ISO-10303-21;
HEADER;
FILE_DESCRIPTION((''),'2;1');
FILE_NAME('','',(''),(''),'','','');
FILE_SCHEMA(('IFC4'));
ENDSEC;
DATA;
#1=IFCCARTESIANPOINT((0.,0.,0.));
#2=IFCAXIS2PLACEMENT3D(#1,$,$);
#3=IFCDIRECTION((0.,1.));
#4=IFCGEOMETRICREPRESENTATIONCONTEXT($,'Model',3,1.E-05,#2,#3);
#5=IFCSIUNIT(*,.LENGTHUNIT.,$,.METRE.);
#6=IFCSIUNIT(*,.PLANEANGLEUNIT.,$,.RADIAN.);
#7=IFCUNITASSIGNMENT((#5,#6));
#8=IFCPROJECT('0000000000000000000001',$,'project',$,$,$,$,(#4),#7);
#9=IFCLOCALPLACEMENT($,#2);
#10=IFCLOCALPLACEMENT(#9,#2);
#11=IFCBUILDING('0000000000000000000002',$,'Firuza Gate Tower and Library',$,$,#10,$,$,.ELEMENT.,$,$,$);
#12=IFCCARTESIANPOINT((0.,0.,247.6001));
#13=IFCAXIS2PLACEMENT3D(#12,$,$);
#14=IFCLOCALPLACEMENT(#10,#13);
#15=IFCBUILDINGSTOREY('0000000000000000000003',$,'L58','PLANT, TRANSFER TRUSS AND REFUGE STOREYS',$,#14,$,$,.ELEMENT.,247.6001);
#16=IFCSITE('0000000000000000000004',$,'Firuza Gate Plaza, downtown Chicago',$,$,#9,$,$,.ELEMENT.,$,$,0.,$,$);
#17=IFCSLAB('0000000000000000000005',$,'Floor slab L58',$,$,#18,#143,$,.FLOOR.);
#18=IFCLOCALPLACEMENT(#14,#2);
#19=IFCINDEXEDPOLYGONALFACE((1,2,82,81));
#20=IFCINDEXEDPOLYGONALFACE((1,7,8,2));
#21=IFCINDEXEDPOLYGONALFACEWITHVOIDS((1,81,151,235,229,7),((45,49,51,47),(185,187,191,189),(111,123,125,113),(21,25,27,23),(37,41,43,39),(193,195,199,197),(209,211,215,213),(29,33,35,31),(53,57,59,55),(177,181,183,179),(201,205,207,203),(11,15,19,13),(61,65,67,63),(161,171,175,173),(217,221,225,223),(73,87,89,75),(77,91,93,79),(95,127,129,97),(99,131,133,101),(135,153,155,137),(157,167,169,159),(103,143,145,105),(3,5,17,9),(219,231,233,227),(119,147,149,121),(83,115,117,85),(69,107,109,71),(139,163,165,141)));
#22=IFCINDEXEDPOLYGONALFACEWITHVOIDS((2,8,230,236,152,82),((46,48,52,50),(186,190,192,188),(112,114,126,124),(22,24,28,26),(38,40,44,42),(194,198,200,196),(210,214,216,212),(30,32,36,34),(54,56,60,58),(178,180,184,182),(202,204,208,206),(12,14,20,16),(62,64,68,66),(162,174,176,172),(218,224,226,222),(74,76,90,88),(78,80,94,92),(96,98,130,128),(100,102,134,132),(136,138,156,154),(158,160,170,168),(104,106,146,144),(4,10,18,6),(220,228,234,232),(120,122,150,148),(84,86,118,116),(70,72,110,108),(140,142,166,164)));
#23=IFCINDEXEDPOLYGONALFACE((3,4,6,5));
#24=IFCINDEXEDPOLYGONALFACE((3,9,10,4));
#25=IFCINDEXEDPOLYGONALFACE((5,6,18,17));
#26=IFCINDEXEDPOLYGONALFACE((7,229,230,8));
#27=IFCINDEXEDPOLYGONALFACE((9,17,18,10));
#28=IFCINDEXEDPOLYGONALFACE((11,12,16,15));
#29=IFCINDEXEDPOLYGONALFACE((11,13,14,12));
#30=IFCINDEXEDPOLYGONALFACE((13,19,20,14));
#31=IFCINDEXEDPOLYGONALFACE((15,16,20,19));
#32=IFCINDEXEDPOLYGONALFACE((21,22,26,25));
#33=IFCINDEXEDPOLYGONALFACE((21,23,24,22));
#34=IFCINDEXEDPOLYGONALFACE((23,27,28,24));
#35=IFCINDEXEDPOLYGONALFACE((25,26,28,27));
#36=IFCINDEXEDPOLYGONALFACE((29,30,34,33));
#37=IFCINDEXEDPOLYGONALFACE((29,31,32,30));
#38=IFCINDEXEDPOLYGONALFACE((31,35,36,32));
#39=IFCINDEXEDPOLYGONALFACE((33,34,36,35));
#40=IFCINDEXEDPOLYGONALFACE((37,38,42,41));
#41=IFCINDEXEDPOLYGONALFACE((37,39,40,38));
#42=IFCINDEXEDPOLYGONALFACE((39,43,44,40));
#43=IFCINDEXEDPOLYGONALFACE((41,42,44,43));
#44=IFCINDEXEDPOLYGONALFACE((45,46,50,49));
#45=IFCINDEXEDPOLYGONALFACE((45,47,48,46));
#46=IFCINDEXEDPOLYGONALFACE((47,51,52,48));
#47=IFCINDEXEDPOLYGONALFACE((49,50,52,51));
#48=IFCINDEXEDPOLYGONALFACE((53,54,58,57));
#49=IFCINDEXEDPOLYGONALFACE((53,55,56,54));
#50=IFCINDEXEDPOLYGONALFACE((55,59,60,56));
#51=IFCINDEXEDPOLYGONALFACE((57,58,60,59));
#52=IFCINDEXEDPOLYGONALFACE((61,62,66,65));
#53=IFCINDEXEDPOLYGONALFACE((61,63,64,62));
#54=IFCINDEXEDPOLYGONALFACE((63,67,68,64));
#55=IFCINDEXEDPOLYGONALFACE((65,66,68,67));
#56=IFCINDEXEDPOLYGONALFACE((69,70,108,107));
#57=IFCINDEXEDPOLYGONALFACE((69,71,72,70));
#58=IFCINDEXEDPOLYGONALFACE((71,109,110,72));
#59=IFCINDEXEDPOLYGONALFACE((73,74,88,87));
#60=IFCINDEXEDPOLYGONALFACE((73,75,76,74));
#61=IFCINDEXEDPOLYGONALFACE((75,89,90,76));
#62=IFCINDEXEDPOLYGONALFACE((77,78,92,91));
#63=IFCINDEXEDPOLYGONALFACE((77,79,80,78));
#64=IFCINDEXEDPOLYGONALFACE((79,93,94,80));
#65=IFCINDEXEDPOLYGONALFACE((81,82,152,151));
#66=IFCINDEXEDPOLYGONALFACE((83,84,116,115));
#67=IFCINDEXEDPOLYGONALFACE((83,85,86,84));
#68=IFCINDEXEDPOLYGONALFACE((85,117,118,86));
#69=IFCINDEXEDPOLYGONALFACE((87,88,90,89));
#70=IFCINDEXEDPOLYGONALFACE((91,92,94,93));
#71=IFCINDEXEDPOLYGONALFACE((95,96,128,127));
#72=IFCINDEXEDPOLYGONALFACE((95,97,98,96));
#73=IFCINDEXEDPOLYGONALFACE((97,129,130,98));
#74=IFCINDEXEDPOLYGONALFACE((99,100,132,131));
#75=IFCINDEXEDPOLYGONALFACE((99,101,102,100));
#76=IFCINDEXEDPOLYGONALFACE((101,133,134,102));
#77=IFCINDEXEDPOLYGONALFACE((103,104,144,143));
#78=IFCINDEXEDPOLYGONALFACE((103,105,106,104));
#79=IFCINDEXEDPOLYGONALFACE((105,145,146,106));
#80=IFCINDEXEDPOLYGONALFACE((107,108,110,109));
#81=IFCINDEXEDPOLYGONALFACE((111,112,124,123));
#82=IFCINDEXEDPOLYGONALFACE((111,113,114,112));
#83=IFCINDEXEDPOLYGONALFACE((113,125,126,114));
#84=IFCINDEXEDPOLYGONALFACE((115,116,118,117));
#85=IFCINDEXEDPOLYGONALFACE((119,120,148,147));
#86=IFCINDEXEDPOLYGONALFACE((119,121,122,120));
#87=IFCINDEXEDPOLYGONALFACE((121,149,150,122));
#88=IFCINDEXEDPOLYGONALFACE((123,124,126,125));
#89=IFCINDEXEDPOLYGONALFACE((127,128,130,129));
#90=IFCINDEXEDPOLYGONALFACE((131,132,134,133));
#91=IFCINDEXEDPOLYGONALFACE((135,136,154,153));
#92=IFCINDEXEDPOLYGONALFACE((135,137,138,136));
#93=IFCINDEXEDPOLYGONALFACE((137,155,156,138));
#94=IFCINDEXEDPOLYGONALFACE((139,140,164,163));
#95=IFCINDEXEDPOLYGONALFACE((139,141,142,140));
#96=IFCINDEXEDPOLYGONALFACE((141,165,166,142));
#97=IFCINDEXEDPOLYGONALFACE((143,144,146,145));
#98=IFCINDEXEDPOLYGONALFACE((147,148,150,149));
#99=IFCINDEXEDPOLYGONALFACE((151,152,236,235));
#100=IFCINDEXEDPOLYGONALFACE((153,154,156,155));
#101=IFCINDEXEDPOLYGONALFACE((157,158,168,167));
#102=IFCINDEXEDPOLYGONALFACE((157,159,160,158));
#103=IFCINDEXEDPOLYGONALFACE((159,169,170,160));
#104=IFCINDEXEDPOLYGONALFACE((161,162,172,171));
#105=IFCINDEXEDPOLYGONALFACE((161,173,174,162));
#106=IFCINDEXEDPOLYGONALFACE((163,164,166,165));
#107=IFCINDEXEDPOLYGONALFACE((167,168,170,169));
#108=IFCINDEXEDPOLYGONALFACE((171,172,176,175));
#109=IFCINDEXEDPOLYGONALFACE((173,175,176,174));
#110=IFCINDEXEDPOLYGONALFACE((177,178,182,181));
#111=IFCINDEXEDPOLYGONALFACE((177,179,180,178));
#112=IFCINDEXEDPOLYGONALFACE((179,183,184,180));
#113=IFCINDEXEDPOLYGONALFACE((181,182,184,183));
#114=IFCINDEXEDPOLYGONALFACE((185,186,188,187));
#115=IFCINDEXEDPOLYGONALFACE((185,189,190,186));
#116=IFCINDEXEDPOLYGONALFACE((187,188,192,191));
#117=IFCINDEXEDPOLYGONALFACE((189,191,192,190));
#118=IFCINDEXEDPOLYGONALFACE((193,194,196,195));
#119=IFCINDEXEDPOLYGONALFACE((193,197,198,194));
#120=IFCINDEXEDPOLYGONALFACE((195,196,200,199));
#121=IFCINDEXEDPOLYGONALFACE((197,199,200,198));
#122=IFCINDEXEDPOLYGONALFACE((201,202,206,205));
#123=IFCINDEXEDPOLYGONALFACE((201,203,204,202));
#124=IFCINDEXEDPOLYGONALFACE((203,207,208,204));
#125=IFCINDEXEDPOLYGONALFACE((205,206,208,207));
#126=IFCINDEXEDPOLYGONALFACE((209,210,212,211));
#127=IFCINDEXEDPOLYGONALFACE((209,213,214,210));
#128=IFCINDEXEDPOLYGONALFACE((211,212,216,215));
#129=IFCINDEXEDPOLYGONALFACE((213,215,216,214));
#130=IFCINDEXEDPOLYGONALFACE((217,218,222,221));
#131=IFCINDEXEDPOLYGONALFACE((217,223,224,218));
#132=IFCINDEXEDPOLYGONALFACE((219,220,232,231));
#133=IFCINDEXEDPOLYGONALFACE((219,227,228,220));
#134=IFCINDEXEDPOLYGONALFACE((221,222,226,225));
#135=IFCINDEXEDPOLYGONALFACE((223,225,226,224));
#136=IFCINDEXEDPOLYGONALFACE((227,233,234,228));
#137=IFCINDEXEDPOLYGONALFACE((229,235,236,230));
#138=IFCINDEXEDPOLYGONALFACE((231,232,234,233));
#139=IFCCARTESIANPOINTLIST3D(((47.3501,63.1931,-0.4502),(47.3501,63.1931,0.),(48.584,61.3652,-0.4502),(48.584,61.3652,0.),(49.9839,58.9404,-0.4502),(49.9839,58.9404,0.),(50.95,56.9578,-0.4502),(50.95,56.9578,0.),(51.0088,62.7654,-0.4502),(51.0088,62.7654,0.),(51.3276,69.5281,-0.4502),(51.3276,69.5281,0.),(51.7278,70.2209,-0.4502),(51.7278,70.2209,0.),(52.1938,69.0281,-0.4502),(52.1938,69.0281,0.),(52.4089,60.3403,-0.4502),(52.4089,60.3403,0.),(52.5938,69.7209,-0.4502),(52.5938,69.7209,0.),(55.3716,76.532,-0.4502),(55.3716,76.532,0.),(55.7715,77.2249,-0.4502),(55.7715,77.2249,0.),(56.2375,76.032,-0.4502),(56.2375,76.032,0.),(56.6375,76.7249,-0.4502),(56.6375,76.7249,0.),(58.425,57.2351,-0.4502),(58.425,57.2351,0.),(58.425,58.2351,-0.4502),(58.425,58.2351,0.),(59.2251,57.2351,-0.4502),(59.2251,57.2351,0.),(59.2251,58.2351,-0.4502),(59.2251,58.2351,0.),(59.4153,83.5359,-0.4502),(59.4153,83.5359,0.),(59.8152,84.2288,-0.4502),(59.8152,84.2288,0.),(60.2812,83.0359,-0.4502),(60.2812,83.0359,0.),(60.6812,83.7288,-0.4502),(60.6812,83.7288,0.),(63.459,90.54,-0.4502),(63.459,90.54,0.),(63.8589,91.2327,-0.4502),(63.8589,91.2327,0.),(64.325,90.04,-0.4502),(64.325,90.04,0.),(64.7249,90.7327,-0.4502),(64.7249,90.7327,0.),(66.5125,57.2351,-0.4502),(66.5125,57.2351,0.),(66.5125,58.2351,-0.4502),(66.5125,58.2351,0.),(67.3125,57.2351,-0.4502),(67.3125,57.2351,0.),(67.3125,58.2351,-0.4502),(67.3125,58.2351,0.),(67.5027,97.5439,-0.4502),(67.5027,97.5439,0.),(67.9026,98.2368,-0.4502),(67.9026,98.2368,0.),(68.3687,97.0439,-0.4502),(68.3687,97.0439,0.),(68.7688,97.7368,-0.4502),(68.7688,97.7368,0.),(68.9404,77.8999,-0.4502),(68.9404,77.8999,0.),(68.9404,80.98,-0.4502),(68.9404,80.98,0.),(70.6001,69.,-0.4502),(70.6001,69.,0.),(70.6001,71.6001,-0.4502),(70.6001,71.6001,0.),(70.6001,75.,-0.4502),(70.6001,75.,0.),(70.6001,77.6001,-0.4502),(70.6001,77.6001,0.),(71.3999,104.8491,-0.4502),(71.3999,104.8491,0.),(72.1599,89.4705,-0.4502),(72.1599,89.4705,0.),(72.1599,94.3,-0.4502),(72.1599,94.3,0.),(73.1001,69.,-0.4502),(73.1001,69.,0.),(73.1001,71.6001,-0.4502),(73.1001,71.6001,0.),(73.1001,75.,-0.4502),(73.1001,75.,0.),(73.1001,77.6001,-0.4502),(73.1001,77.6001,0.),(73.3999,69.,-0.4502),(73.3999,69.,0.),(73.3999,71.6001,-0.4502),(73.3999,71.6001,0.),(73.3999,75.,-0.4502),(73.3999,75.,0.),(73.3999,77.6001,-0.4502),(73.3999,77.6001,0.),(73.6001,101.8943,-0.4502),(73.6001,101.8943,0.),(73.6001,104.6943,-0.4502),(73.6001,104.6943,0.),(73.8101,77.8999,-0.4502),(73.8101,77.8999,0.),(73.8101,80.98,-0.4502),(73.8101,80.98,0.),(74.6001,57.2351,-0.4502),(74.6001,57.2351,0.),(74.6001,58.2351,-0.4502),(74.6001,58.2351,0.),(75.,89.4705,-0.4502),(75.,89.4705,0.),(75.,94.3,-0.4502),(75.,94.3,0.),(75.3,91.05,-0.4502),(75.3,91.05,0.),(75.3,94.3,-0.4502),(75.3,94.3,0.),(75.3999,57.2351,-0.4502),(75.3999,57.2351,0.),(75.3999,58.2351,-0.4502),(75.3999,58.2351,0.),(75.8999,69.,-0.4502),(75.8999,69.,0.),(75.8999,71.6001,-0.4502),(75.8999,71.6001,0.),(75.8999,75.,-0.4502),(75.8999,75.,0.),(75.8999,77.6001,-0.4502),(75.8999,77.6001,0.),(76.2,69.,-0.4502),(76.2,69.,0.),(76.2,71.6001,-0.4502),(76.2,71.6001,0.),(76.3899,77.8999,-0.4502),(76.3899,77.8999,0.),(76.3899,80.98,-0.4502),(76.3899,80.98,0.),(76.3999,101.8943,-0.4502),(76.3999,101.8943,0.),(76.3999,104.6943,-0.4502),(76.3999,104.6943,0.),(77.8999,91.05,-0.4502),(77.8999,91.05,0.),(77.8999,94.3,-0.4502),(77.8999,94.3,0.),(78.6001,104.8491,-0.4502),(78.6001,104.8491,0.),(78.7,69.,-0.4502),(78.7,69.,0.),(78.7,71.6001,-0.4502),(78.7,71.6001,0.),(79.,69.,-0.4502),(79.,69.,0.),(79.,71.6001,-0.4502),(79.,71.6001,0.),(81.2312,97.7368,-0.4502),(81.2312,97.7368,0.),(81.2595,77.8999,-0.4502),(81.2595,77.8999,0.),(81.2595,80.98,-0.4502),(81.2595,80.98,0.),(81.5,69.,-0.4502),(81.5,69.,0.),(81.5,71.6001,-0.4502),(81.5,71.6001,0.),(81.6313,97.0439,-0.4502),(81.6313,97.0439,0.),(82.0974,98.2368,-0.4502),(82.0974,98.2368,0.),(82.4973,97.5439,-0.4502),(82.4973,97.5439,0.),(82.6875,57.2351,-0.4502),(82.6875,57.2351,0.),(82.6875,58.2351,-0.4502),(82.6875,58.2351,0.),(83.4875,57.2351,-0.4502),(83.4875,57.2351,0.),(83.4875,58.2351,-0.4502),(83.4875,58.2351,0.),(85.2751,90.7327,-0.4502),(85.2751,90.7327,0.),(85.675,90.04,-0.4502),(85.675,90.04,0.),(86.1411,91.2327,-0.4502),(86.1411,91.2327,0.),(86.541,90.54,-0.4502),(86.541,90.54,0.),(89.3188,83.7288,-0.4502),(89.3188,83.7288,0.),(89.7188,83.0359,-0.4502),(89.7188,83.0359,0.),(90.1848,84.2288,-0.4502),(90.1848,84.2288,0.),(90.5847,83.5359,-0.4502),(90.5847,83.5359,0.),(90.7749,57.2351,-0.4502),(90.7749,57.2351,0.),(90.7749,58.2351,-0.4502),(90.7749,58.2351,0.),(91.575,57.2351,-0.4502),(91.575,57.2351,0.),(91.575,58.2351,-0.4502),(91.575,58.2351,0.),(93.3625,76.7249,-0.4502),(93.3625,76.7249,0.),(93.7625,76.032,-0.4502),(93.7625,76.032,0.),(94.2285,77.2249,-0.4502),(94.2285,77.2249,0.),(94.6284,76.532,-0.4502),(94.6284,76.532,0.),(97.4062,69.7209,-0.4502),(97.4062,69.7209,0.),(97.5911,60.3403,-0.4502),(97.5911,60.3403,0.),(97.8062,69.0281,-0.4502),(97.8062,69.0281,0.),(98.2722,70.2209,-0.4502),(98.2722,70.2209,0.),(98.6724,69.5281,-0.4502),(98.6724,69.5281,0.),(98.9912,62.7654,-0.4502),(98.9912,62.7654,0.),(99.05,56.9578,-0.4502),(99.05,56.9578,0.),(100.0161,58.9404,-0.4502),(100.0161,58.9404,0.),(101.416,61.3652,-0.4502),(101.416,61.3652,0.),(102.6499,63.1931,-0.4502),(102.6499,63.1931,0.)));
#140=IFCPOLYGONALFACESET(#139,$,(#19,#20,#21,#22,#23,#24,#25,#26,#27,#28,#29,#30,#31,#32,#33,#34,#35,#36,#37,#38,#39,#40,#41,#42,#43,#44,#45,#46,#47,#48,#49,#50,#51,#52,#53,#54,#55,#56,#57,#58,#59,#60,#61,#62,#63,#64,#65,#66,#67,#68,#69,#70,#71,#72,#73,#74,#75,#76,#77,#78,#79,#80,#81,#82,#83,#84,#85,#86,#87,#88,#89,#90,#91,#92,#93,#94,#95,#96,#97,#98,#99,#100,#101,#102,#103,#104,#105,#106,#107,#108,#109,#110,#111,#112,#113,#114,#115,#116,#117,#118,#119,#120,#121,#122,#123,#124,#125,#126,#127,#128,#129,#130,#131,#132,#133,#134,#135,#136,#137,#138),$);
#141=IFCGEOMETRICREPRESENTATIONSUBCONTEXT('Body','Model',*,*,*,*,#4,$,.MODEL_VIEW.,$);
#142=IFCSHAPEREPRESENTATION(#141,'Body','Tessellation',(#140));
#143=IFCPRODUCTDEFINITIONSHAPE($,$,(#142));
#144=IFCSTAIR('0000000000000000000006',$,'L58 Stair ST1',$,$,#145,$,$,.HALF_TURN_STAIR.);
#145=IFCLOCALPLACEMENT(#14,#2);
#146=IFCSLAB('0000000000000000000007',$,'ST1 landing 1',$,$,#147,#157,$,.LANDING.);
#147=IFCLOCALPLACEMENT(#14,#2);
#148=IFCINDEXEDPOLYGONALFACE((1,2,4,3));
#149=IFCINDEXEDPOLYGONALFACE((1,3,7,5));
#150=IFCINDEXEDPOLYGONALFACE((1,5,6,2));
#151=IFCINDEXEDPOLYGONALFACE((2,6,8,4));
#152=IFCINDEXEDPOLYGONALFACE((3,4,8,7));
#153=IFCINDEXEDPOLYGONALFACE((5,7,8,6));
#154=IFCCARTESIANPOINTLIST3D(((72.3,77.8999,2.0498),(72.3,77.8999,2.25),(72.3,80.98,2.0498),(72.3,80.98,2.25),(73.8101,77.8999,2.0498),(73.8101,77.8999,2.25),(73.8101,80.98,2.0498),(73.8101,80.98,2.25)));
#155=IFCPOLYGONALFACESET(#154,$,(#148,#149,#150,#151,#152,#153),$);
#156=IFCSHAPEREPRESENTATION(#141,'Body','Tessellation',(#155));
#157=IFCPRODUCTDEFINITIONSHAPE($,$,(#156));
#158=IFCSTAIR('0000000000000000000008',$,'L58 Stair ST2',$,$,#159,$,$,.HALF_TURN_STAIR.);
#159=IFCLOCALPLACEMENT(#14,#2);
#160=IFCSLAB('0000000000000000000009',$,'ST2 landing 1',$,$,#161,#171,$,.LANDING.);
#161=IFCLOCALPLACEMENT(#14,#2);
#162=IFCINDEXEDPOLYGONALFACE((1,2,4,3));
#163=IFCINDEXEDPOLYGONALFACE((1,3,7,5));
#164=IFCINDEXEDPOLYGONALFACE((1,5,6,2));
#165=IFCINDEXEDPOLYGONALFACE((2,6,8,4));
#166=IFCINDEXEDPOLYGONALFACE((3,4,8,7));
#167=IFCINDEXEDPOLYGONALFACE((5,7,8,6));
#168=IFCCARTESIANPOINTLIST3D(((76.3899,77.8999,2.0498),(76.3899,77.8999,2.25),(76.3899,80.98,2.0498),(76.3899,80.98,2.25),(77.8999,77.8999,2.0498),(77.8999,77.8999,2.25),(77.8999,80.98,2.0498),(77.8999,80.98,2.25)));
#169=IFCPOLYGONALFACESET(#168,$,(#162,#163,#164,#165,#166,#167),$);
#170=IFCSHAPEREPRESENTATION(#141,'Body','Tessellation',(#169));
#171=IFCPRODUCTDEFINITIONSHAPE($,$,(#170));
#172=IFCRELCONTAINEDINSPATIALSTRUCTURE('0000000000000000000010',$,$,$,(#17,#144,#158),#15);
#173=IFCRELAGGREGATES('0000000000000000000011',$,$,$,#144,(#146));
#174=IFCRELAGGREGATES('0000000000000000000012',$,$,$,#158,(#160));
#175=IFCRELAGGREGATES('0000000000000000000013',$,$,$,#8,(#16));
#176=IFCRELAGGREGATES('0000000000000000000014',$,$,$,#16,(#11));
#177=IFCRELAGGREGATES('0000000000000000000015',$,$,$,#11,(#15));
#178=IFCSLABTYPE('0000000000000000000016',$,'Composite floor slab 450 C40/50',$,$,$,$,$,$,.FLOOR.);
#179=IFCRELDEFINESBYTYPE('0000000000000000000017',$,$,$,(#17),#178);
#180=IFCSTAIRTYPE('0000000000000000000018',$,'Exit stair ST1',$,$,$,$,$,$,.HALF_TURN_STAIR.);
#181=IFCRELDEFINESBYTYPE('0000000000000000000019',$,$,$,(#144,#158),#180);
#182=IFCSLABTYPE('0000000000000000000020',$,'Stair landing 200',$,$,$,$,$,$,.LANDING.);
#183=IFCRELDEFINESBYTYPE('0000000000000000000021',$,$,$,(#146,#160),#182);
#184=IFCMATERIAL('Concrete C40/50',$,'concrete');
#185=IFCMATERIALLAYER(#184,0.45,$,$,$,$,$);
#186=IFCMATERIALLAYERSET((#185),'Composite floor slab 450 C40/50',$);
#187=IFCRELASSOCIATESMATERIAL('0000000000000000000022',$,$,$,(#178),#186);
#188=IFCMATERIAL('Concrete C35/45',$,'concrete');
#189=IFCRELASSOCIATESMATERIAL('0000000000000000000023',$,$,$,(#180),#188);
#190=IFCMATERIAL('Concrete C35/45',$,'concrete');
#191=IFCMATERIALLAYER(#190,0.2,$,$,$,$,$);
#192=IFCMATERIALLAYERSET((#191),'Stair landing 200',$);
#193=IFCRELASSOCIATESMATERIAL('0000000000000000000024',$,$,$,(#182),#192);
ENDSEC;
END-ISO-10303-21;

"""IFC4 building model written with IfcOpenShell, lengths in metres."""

from ifc_helpers import new_model, si_unit, direction, frame, origin, place, context, subcontext, project, spatial, polyline, outline, extrude, material, layer, layer_set, type_object, element, aggregate, save


model = new_model("IFC4")

# Units and contexts
model_context = context("Model", 3, precision=1e-05, world=origin(), true_north=direction((0.0, 1.0)))
body_context = subcontext(model_context, "Body", "Model", "MODEL_VIEW")
ifc_project = project(units=[si_unit("LENGTHUNIT", "METRE"), si_unit("PLANEANGLEUNIT", "RADIAN")], contexts=[model_context])

# Site, building, storey
site_placement = place(None, origin())
site = spatial("IfcSite", under=ifc_project, at=site_placement, Name="Firuza Gate Plaza, downtown Chicago", CompositionType="ELEMENT", RefElevation=0.0)
building_placement = place(site_placement, origin())
building = spatial("IfcBuilding", under=site, at=building_placement, Name="Firuza Gate Tower and Library", CompositionType="ELEMENT")
storey_placement = place(building_placement, frame((0.0, 0.0, 247.6001)))
storey = spatial("IfcBuildingStorey", under=building, at=storey_placement, Name="L58", Description="PLANT, TRANSFER TRUSS AND REFUGE STOREYS", CompositionType="ELEMENT", Elevation=247.6001)

# Slab
ifc_material_1 = material(Name="Concrete C40/50", Category="concrete")
ifc_layer_1 = layer(ifc_material_1, 0.45)
ifc_layer_set_1 = layer_set([ifc_layer_1], Name="Composite floor slab 450 C40/50")
slab_type_1 = type_object("IfcSlabType", Name="Composite floor slab 450 C40/50", PredefinedType="FLOOR", material=ifc_layer_set_1)
slab_1_placement = place(storey_placement, frame((0.0, 0.0, -0.4502)))
element("IfcSlab", 1, at=slab_1_placement, inside=storey, type_object=slab_type_1, Name="Floor slab L58", PredefinedType="FLOOR", context=body_context, shape_type="SweptSolid", body=[
    extrude(outline(polyline([(47.3501, 63.1931), (50.95, 56.9578), (99.05, 56.9578), (102.6499, 63.1931), (78.6001, 104.8491), (71.3999, 104.8491), (47.3501, 63.1931)]), holes=[polyline([(59.2251, 57.2351), (58.425, 57.2351), (58.425, 58.2351), (59.2251, 58.2351), (59.2251, 57.2351)]), polyline([(66.5125, 57.2351), (66.5125, 58.2351), (67.3125, 58.2351), (67.3125, 57.2351), (66.5125, 57.2351)]), polyline([(48.584, 61.3652), (51.0088, 62.7654), (52.4089, 60.3403), (49.9839, 58.9404), (48.584, 61.3652)]), polyline([(51.7278, 70.2209), (52.5938, 69.7209), (52.1938, 69.0281), (51.3276, 69.5281), (51.7278, 70.2209)]), polyline([(73.1001, 69.0), (70.6001, 69.0), (70.6001, 71.6001), (73.1001, 71.6001), (73.1001, 69.0)]), polyline([(75.8999, 69.0), (73.3999, 69.0), (73.3999, 71.6001), (75.8999, 71.6001), (75.8999, 69.0)]), polyline([(73.1001, 75.0), (70.6001, 75.0), (70.6001, 77.6001), (73.1001, 77.6001), (73.1001, 75.0)]), polyline([(75.8999, 77.6001), (75.8999, 75.0), (73.3999, 75.0), (73.3999, 77.6001), (75.8999, 77.6001)]), polyline([(55.7715, 77.2249), (56.6375, 76.7249), (56.2375, 76.032), (55.3716, 76.532), (55.7715, 77.2249)]), polyline([(68.9404, 77.8999), (68.9404, 80.98), (73.8101, 80.98), (73.8101, 77.8999), (68.9404, 77.8999)]), polyline([(59.8152, 84.2288), (60.6812, 83.7288), (60.2812, 83.0359), (59.4153, 83.5359), (59.8152, 84.2288)]), polyline([(63.8589, 91.2327), (64.7249, 90.7327), (64.325, 90.04), (63.459, 90.54), (63.8589, 91.2327)]), polyline([(72.1599, 89.4705), (72.1599, 94.3), (75.0, 94.3), (75.0, 89.4705), (72.1599, 89.4705)]), polyline([(67.9026, 98.2368), (68.7688, 97.7368), (68.3687, 97.0439), (67.5027, 97.5439), (67.9026, 98.2368)]), polyline([(75.3999, 57.2351), (74.6001, 57.2351), (74.6001, 58.2351), (75.3999, 58.2351), (75.3999, 57.2351)]), polyline([(82.6875, 57.2351), (82.6875, 58.2351), (83.4875, 58.2351), (83.4875, 57.2351), (82.6875, 57.2351)]), polyline([(90.7749, 57.2351), (90.7749, 58.2351), (91.575, 58.2351), (91.575, 57.2351), (90.7749, 57.2351)]), polyline([(100.0161, 58.9404), (97.5911, 60.3403), (98.9912, 62.7654), (101.416, 61.3652), (100.0161, 58.9404)]), polyline([(98.6724, 69.5281), (97.8062, 69.0281), (97.4062, 69.7209), (98.2722, 70.2209), (98.6724, 69.5281)]), polyline([(78.7, 69.0), (76.2, 69.0), (76.2, 71.6001), (78.7, 71.6001), (78.7, 69.0)]), polyline([(81.5, 69.0), (79.0, 69.0), (79.0, 71.6001), (81.5, 71.6001), (81.5, 69.0)]), polyline([(94.2285, 77.2249), (94.6284, 76.532), (93.7625, 76.032), (93.3625, 76.7249), (94.2285, 77.2249)]), polyline([(81.2595, 77.8999), (76.3899, 77.8999), (76.3899, 80.98), (81.2595, 80.98), (81.2595, 77.8999)]), polyline([(90.5847, 83.5359), (89.7188, 83.0359), (89.3188, 83.7288), (90.1848, 84.2288), (90.5847, 83.5359)]), polyline([(86.541, 90.54), (85.675, 90.04), (85.2751, 90.7327), (86.1411, 91.2327), (86.541, 90.54)]), polyline([(77.8999, 91.05), (75.3, 91.05), (75.3, 94.3), (77.8999, 94.3), (77.8999, 91.05)]), polyline([(82.4973, 97.5439), (81.6313, 97.0439), (81.2312, 97.7368), (82.0974, 98.2368), (82.4973, 97.5439)]), polyline([(76.3999, 104.6943), (76.3999, 101.8943), (73.6001, 101.8943), (73.6001, 104.6943), (76.3999, 104.6943)])]), origin(), (0.0, 0.0, 1.0), 0.4502),
])

# Stairs, slabs
ifc_material_2 = material(Name="Concrete C35/45", Category="concrete")
stair_type_1 = type_object("IfcStairType", Name="Exit stair ST1", PredefinedType="HALF_TURN_STAIR", material=ifc_material_2)
placement_1 = place(storey_placement, origin())
stair_1 = element("IfcStair", 2, at=placement_1, inside=storey, type_object=stair_type_1, Name="L58 Stair ST1", PredefinedType="HALF_TURN_STAIR")
ifc_material_3 = material(Name="Concrete C35/45", Category="concrete")
ifc_layer_2 = layer(ifc_material_3, 0.2)
ifc_layer_set_2 = layer_set([ifc_layer_2], Name="Stair landing 200")
slab_type_2 = type_object("IfcSlabType", Name="Stair landing 200", PredefinedType="LANDING", material=ifc_layer_set_2)
placement_2 = place(storey_placement, frame((0.0, 0.0, 2.0498)))
slab_2 = element("IfcSlab", 3, at=placement_2, type_object=slab_type_2, Name="ST1 landing 1", PredefinedType="LANDING", context=body_context, shape_type="SweptSolid", body=[
    extrude(outline(polyline([(72.3, 77.8999), (73.8101, 77.8999), (73.8101, 80.98), (72.3, 80.98), (72.3, 77.8999)])), origin(), (0.0, 0.0, 1.0), 0.2002),
])
aggregate(stair_1, [slab_2])
stair_2 = element("IfcStair", 4, at=placement_1, inside=storey, type_object=stair_type_1, Name="L58 Stair ST2", PredefinedType="HALF_TURN_STAIR")
slab_3 = element("IfcSlab", 5, at=placement_2, type_object=slab_type_2, Name="ST2 landing 1", PredefinedType="LANDING", context=body_context, shape_type="SweptSolid", body=[
    extrude(outline(polyline([(77.8999, 80.98), (76.3899, 80.98), (76.3899, 77.8999), (77.8999, 77.8999), (77.8999, 80.98)])), origin(), (0.0, 0.0, 1.0), 0.2002),
])
aggregate(stair_2, [slab_3])

save(model, "model.ifc")
